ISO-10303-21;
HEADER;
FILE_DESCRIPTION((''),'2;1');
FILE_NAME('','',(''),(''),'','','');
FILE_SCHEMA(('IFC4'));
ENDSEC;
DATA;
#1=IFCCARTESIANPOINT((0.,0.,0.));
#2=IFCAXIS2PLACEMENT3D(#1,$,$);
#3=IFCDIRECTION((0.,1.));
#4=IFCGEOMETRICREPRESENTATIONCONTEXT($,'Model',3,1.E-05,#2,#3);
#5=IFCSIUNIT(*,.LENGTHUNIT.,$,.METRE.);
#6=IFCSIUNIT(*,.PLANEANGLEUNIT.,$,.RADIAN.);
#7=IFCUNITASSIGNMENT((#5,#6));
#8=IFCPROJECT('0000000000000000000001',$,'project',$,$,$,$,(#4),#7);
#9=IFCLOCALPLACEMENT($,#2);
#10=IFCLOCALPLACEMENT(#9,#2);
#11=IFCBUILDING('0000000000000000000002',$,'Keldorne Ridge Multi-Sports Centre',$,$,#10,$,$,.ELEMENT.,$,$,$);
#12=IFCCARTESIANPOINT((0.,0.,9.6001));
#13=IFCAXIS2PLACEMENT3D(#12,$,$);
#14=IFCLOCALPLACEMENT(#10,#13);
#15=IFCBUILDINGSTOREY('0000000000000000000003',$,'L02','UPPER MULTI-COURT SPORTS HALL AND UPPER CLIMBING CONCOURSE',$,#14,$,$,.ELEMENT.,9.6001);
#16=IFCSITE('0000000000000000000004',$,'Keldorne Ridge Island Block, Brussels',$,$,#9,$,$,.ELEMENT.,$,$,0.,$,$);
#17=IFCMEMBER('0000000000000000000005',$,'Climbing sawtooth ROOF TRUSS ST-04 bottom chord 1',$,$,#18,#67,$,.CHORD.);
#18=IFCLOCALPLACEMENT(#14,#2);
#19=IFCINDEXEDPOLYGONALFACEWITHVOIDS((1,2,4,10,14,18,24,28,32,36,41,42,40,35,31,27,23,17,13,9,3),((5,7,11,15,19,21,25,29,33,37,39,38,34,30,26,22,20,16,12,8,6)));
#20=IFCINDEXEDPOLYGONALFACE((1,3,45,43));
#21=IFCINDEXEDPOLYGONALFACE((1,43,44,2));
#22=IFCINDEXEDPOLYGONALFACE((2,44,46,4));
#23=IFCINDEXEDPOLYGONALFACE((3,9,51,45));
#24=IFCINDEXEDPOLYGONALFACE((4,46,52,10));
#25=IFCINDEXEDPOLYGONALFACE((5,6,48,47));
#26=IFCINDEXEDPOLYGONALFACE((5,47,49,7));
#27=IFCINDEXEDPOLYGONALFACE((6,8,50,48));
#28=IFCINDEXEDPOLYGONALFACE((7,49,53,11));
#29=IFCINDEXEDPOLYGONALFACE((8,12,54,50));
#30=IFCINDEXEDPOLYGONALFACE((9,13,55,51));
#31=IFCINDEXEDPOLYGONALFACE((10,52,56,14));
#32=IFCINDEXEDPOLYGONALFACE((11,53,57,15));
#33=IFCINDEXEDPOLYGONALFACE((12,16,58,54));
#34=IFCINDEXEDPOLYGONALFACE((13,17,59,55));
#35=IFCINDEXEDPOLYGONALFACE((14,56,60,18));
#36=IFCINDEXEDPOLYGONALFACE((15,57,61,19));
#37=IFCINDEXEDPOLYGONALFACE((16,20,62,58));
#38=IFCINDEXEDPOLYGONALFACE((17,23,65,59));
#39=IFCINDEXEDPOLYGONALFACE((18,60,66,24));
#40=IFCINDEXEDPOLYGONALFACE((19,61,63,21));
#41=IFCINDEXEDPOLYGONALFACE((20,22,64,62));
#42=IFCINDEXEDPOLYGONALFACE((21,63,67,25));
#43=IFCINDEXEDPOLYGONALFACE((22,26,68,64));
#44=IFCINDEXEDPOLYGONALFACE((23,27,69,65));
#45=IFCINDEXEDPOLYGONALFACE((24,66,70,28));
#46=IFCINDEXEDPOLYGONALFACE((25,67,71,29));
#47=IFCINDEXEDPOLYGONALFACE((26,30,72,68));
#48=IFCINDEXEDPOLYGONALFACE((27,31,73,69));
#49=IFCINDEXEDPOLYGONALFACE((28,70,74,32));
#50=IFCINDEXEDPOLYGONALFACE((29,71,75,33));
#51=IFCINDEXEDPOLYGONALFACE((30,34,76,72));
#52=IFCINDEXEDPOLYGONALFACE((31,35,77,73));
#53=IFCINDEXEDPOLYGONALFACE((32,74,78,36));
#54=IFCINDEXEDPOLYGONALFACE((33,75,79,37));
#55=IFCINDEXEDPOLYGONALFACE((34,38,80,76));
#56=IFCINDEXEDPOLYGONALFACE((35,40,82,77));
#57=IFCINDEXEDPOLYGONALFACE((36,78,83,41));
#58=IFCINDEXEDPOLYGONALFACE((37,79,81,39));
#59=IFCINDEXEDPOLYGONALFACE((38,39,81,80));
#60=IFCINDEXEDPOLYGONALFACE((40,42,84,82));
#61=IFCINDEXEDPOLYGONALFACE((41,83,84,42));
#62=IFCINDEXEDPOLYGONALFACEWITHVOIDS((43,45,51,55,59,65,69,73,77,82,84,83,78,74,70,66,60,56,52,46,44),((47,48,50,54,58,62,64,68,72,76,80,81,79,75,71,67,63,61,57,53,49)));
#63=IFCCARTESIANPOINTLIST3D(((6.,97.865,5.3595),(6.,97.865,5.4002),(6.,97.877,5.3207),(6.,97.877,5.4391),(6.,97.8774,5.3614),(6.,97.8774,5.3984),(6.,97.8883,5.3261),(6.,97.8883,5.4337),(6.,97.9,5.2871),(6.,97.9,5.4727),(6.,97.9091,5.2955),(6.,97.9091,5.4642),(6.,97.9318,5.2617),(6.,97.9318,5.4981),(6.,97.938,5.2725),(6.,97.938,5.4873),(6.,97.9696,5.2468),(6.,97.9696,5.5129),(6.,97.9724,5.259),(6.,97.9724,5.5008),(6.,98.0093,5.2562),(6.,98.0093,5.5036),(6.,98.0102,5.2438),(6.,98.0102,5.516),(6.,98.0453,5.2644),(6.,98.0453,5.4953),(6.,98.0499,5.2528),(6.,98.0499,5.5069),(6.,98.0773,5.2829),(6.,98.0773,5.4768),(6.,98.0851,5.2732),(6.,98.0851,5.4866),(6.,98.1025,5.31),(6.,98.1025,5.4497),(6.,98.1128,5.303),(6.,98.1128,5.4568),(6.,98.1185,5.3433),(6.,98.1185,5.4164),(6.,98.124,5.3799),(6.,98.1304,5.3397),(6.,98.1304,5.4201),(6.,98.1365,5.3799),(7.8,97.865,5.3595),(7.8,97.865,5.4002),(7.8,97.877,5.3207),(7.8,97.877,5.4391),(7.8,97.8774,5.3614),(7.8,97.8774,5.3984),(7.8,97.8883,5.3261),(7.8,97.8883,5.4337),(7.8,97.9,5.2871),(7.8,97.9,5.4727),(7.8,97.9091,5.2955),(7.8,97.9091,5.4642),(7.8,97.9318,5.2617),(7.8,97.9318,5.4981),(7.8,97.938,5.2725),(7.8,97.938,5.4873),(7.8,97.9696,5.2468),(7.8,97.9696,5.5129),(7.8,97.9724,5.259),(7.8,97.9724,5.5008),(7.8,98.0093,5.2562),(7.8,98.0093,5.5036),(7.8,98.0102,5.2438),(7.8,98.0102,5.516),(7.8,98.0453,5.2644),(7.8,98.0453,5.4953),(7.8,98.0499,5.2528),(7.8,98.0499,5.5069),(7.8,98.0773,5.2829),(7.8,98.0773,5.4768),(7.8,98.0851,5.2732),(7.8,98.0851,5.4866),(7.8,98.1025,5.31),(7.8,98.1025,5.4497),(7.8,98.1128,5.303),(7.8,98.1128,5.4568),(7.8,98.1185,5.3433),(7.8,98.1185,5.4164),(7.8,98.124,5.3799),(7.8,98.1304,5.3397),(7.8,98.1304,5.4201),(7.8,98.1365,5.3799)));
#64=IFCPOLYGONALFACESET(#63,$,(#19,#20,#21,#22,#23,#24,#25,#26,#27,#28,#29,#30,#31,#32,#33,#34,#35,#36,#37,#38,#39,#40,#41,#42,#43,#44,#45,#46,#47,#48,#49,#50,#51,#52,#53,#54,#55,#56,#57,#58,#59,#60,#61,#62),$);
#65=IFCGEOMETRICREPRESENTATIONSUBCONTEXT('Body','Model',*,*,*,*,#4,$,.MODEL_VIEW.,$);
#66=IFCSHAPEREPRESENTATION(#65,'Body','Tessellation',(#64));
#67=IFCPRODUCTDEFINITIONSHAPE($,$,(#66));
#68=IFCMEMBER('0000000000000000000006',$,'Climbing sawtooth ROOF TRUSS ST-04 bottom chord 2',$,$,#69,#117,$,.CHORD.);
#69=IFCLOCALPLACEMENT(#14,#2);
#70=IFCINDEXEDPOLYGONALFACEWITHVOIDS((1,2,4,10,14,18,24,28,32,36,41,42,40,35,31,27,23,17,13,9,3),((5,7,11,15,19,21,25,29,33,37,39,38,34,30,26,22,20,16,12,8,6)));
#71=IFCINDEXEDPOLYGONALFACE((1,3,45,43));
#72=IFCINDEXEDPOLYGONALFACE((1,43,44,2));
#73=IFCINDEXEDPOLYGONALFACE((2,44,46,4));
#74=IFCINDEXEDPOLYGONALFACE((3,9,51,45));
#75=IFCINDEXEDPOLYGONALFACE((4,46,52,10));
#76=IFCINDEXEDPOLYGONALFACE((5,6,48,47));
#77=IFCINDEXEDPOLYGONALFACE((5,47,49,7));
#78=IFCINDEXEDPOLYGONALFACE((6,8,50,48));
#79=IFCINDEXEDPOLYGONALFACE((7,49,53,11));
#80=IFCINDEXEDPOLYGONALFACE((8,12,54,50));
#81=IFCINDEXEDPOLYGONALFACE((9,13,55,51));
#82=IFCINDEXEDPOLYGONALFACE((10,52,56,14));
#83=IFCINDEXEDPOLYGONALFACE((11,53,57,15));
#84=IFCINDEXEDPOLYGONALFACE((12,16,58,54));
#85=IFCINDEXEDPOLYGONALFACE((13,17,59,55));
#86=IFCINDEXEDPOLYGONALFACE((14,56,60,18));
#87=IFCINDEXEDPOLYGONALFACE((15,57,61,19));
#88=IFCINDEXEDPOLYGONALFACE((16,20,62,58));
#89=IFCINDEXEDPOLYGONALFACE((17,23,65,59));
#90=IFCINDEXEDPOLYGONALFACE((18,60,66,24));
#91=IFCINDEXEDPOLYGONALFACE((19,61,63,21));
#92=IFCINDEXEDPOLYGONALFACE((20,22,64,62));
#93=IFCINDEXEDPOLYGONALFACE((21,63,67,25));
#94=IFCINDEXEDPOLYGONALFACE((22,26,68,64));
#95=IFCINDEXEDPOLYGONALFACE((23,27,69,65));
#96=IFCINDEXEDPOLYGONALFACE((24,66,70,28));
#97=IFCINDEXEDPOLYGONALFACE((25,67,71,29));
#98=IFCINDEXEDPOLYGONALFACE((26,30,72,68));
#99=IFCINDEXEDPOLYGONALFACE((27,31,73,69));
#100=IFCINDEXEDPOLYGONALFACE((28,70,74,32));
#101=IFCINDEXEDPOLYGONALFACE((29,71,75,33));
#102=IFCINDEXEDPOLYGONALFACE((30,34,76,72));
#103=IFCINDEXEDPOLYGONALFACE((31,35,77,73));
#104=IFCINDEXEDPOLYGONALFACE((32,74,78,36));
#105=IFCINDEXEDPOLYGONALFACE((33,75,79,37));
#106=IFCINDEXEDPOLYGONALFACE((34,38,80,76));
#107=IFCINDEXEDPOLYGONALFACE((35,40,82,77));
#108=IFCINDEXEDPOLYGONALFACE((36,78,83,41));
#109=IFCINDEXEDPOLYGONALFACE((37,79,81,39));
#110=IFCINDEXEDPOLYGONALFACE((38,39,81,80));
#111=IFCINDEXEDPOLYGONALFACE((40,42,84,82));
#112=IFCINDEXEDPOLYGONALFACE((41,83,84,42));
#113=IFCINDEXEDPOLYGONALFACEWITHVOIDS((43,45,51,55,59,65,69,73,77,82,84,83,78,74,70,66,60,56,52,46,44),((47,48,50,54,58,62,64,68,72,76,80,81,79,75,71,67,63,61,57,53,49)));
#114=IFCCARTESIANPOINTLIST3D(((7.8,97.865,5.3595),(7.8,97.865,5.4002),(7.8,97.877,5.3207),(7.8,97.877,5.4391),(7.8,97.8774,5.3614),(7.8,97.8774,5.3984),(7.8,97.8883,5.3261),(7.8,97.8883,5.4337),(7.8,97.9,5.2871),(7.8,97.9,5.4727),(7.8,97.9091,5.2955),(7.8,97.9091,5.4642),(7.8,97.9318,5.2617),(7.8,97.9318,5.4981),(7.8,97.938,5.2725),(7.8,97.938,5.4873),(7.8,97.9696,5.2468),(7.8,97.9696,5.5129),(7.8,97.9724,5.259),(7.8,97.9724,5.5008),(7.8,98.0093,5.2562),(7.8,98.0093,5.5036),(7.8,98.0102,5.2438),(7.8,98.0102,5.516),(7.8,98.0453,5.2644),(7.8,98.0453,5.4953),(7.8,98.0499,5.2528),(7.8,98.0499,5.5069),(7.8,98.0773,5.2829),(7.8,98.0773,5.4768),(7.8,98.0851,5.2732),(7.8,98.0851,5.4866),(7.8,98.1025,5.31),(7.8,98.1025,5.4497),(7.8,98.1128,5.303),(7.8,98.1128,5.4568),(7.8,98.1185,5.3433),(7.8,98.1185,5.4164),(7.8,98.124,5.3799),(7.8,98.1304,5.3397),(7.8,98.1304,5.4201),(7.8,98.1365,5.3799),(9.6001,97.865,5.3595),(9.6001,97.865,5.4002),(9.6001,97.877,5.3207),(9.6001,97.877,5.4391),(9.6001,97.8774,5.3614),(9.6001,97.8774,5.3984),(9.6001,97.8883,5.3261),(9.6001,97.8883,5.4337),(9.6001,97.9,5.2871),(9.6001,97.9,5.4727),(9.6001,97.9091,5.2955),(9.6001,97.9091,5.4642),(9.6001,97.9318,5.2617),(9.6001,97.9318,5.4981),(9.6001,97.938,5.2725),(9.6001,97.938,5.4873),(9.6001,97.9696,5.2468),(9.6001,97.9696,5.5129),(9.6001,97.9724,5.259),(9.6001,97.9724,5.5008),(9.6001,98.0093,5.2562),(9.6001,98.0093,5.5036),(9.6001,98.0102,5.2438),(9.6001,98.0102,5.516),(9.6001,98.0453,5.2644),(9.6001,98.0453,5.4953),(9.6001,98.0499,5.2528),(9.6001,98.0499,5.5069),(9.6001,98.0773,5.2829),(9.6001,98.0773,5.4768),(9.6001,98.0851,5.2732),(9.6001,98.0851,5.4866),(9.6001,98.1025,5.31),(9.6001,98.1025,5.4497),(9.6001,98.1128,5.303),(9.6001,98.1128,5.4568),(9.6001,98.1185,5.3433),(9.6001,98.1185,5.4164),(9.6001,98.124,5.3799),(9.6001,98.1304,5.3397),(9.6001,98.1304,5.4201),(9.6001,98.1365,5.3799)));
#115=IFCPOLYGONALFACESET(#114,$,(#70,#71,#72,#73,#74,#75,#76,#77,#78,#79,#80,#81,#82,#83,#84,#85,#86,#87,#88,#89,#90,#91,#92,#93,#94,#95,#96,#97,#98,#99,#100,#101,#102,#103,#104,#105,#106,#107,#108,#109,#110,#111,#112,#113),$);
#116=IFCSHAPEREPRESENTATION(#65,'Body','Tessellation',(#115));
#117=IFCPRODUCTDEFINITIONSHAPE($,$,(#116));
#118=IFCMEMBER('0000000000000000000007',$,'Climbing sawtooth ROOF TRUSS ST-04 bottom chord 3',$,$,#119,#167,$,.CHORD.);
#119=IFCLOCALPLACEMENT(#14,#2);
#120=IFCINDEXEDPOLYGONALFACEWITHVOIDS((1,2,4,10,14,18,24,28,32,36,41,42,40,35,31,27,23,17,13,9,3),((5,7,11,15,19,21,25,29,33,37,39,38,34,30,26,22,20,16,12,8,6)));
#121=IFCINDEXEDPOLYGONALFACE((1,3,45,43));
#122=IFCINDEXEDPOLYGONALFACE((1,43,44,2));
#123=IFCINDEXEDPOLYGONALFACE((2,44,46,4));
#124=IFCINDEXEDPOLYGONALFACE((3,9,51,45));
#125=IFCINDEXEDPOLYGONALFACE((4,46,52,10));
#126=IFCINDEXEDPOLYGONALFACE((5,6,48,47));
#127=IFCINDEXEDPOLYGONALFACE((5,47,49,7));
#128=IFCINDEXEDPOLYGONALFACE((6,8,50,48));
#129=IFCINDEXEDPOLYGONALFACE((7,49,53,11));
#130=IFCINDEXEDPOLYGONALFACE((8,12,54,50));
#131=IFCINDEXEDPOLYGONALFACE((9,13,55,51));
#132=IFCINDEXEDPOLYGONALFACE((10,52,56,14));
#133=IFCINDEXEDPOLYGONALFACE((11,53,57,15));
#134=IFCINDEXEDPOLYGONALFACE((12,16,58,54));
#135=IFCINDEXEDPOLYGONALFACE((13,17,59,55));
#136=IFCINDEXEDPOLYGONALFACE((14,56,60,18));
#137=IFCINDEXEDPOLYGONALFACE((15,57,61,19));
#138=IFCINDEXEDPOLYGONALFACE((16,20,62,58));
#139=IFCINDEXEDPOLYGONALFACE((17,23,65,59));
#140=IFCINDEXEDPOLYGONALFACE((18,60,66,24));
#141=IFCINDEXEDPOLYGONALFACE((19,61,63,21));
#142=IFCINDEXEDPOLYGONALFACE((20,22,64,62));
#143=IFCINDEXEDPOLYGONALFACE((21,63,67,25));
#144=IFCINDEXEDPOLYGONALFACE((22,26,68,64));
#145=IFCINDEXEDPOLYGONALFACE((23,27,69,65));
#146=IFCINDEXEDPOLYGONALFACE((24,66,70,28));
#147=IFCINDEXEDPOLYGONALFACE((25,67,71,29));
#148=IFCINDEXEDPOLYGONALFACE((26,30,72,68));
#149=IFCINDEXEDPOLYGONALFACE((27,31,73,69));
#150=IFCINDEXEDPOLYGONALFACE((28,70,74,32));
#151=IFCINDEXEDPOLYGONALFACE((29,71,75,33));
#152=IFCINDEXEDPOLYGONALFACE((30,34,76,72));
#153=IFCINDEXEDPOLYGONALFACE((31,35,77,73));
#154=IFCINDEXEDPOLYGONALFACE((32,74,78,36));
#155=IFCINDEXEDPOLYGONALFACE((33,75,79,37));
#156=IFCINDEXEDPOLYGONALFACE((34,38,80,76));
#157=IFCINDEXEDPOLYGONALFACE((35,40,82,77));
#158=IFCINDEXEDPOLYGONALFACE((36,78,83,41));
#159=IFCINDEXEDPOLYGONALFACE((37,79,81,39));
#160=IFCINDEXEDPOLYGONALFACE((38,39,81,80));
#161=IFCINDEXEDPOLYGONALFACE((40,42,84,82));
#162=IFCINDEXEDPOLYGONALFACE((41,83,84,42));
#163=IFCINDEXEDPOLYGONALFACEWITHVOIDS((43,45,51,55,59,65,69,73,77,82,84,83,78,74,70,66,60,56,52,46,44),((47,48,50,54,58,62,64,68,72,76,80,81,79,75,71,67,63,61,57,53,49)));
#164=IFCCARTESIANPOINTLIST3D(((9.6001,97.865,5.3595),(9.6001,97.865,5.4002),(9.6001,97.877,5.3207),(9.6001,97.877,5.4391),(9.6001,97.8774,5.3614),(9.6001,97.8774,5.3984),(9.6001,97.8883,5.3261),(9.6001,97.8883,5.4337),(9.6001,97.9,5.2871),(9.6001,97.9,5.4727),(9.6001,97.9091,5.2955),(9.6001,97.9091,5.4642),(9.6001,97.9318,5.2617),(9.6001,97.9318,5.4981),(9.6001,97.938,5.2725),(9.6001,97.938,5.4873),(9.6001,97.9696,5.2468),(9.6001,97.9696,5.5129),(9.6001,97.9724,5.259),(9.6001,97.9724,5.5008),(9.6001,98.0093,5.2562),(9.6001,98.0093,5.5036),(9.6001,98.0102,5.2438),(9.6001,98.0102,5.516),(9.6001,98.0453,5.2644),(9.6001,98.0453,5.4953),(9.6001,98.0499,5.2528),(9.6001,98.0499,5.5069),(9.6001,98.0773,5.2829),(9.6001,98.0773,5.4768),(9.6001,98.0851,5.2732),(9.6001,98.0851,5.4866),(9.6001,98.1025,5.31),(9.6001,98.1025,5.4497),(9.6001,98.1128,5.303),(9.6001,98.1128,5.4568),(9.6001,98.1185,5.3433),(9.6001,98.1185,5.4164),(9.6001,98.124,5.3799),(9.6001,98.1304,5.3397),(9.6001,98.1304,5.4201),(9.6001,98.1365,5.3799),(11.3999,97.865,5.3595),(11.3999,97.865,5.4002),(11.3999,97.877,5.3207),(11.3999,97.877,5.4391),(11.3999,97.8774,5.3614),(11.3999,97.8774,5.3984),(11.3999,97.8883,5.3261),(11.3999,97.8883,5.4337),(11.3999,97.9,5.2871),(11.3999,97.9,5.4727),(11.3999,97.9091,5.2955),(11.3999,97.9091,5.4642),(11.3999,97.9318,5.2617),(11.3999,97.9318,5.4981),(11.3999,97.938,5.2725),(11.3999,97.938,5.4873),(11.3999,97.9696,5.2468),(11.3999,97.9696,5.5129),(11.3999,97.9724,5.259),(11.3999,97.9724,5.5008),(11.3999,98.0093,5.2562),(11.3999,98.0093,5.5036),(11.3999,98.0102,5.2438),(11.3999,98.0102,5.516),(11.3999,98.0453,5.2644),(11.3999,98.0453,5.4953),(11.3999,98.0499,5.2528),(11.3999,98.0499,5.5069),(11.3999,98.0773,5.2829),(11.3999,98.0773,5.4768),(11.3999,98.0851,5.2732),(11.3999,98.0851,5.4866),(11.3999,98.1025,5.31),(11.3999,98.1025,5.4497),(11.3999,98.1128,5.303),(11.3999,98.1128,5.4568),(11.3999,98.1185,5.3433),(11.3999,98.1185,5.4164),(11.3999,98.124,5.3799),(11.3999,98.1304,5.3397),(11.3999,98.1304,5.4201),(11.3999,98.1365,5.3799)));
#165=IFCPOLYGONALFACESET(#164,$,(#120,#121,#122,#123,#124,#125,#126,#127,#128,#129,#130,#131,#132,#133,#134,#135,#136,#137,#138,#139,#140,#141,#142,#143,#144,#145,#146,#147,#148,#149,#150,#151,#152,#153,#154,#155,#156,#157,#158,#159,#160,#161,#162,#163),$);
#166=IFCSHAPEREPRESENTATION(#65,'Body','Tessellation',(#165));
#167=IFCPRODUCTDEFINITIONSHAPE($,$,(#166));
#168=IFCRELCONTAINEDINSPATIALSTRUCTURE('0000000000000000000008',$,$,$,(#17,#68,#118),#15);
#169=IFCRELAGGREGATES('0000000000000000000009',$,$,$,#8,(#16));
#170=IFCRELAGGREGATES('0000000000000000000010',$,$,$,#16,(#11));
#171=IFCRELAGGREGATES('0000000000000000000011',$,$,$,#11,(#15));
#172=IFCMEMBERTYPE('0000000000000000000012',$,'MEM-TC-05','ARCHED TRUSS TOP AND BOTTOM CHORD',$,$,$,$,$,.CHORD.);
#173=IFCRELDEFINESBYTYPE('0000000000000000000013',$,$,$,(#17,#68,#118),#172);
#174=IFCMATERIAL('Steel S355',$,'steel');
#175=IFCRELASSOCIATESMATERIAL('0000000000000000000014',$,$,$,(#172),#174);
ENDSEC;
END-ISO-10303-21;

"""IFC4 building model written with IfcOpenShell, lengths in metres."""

from ifc_helpers import new_model, si_unit, direction, frame, origin, origin_2d, place, context, subcontext, project, spatial, hollow_circle, extrude, material, material_profile, profile_set, type_object, element, save


model = new_model("IFC4")

# Units and contexts
model_context = context("Model", 3, precision=1e-05, world=origin(), true_north=direction((0.0, 1.0)))
body_context = subcontext(model_context, "Body", "Model", "MODEL_VIEW")
ifc_project = project(units=[si_unit("LENGTHUNIT", "METRE"), si_unit("PLANEANGLEUNIT", "RADIAN")], contexts=[model_context])

# Site, building, storey
site_placement = place(None, origin())
site = spatial("IfcSite", under=ifc_project, at=site_placement, Name="Keldorne Ridge Island Block, Brussels", CompositionType="ELEMENT", RefElevation=0.0)
building_placement = place(site_placement, origin())
building = spatial("IfcBuilding", under=site, at=building_placement, Name="Keldorne Ridge Multi-Sports Centre", CompositionType="ELEMENT")
storey_placement = place(building_placement, frame((0.0, 0.0, 9.6001)))
storey = spatial("IfcBuildingStorey", under=building, at=storey_placement, Name="L02", Description="UPPER MULTI-COURT SPORTS HALL AND UPPER CLIMBING CONCOURSE", CompositionType="ELEMENT", Elevation=9.6001)

# Shared definitions
ifc_material_1 = material(Name="Steel S355", Category="steel")

# Members
ifc_material_profile_1 = material_profile(ifc_material_1, hollow_circle(Radius=0.1365, WallThickness=0.0125, at=origin_2d()), Name="CHS 273x12.5")
ifc_profile_set_1 = profile_set([ifc_material_profile_1], Name="Steel S355")
member_type_1 = type_object("IfcMemberType", Name="MEM-TC-05", Description="ARCHED TRUSS TOP AND BOTTOM CHORD", PredefinedType="CHORD", material=ifc_profile_set_1)
for number, where, z_axis, x_axis, name in (
    (1, (6.0, 98.0, 5.3799), (1.0, 0.0, 0.0), (0.0, 1.0, 0.0), "Climbing sawtooth ROOF TRUSS ST-04 bottom chord 1"),
    (2, (7.8, 98.0, 5.3799), (1.0, 0.0, 0.0), (0.0, 1.0, 0.0), "Climbing sawtooth ROOF TRUSS ST-04 bottom chord 2"),
):
    element("IfcMember", number, at=place(storey_placement, frame(where, z_axis=z_axis, x_axis=x_axis)), inside=storey, type_object=member_type_1, Name=name, PredefinedType="CHORD", context=body_context, shape_type="SweptSolid", body=[
        extrude(hollow_circle(Radius=0.1365, WallThickness=0.0125, at=origin_2d()), origin(), (0.0, 0.0, 1.0), 1.8),
    ])
member_1_placement = place(storey_placement, frame((9.6001, 98.0, 5.3799), z_axis=(1.0, 0.0, 0.0), x_axis=(0.0, 1.0, 0.0)))
element("IfcMember", 3, at=member_1_placement, inside=storey, type_object=member_type_1, Name="Climbing sawtooth ROOF TRUSS ST-04 bottom chord 3", PredefinedType="CHORD", context=body_context, shape_type="SweptSolid", body=[
    extrude(hollow_circle(Radius=0.1365, WallThickness=0.0125, at=origin_2d()), origin(), (0.0, 0.0, 1.0), 1.7998),
])

save(model, "model.ifc")
